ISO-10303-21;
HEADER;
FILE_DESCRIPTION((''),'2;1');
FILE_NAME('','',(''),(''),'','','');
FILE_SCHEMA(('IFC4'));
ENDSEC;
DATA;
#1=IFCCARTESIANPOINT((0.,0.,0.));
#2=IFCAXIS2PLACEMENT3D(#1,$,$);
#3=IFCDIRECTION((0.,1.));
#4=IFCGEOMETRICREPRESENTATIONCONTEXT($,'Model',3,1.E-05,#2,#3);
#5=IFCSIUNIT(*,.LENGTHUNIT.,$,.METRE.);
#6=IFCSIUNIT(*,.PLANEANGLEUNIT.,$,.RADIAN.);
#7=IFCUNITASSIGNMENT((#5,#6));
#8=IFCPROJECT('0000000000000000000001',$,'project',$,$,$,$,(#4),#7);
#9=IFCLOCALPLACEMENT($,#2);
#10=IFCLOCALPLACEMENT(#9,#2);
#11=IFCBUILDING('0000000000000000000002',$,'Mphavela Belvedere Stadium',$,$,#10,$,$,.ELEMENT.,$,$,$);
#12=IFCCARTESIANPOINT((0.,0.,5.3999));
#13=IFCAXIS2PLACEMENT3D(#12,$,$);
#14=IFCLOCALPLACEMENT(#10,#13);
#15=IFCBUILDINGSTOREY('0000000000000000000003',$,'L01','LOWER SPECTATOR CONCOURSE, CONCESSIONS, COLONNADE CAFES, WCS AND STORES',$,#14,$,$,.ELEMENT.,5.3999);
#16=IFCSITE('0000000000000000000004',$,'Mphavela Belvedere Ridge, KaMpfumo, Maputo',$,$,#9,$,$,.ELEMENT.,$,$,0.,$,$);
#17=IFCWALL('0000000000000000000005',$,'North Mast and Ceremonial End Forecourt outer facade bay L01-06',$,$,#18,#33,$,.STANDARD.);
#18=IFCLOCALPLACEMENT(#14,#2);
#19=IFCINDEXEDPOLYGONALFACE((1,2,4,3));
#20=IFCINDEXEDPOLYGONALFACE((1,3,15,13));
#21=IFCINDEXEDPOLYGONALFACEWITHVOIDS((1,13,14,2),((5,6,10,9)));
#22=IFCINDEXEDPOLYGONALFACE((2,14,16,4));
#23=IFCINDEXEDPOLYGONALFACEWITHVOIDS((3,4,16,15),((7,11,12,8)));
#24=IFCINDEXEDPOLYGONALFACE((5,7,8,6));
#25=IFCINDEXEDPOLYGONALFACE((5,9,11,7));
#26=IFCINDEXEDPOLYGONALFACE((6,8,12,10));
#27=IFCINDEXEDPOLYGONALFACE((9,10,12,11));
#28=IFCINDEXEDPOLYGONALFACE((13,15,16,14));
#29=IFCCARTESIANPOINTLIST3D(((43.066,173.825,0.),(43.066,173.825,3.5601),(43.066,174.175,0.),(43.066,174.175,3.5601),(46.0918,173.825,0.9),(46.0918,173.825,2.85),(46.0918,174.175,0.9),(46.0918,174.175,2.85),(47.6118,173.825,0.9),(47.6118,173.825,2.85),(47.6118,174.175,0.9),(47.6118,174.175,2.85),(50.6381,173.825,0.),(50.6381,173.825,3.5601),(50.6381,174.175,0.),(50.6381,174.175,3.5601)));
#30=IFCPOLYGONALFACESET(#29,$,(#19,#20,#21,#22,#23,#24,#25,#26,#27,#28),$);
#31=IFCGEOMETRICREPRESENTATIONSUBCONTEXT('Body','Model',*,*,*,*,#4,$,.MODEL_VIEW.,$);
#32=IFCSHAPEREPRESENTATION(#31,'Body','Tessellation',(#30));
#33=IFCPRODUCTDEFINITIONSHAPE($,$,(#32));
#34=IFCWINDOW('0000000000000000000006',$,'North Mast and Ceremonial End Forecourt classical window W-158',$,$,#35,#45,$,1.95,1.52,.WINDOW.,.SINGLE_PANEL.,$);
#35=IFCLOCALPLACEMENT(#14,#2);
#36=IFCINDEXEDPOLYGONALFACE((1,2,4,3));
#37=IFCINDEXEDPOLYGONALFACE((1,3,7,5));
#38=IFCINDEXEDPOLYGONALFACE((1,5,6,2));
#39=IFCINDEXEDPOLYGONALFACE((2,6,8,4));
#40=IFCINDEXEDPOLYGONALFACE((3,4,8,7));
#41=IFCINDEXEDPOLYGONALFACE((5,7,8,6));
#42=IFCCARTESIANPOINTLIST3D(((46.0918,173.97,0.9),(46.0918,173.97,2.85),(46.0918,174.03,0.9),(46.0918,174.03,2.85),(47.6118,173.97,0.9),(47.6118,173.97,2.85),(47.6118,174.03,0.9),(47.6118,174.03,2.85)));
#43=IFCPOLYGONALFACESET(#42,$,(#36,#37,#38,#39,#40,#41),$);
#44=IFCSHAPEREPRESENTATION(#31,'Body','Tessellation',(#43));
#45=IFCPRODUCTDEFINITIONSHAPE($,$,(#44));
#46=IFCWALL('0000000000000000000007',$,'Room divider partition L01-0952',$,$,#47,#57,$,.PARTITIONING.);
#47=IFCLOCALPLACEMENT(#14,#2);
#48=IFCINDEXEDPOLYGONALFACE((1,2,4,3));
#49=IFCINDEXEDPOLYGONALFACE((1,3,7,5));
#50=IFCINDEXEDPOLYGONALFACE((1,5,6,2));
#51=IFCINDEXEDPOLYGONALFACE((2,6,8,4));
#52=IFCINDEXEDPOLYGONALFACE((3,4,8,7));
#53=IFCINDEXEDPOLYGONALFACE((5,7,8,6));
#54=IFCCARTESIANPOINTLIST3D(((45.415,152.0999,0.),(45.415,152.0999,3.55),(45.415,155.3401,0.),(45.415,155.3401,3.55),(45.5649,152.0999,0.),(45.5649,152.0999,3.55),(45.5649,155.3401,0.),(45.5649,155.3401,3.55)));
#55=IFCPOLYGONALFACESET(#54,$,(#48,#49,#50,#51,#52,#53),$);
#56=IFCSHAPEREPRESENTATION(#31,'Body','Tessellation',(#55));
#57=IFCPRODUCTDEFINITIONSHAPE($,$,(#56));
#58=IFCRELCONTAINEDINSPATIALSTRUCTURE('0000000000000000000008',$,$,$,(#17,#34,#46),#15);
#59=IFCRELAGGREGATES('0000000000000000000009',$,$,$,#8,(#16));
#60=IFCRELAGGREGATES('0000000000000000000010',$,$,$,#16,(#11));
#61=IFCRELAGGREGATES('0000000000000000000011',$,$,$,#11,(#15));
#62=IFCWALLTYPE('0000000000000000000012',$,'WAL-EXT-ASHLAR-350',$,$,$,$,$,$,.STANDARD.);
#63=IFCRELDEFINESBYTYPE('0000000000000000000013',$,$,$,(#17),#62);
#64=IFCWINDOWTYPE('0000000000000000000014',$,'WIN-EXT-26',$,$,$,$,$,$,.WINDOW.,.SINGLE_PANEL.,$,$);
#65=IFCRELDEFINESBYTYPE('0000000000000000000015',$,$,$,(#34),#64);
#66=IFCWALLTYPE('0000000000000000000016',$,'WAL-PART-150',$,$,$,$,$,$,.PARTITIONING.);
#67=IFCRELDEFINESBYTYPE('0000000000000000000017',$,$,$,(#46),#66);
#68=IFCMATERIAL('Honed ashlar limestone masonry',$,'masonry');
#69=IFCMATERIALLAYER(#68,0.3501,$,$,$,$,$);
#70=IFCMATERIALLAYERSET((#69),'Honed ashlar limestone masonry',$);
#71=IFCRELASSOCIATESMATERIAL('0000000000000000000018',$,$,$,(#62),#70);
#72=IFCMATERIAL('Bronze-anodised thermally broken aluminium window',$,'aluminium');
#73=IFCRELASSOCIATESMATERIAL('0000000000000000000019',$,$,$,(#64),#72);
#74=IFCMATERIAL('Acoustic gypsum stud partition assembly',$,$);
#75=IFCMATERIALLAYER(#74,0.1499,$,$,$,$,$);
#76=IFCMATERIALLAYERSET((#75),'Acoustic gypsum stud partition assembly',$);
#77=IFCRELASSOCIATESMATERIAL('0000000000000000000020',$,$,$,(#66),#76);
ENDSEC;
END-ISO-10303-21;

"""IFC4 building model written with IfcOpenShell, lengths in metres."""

from ifc_helpers import new_model, si_unit, direction, frame, frame_2d, origin, place, context, subcontext, project, spatial, rectangle, extrude, material, layer, layer_set, type_object, element, fill, save


model = new_model("IFC4")

# Units and contexts
model_context = context("Model", 3, precision=1e-05, world=origin(), true_north=direction((0.0, 1.0)))
body_context = subcontext(model_context, "Body", "Model", "MODEL_VIEW")
ifc_project = project(units=[si_unit("LENGTHUNIT", "METRE"), si_unit("PLANEANGLEUNIT", "RADIAN")], contexts=[model_context])

# Site, building, storey
site_placement = place(None, origin())
site = spatial("IfcSite", under=ifc_project, at=site_placement, Name="Mphavela Belvedere Ridge, KaMpfumo, Maputo", CompositionType="ELEMENT", RefElevation=0.0)
building_placement = place(site_placement, origin())
building = spatial("IfcBuilding", under=site, at=building_placement, Name="Mphavela Belvedere Stadium", CompositionType="ELEMENT")
storey_placement = place(building_placement, frame((0.0, 0.0, 5.3999)))
storey = spatial("IfcBuildingStorey", under=building, at=storey_placement, Name="L01", Description="LOWER SPECTATOR CONCOURSE, CONCESSIONS, COLONNADE CAFES, WCS AND STORES", CompositionType="ELEMENT", Elevation=5.3999)

# Wall, opening, window
ifc_material_1 = material(Name="Honed ashlar limestone masonry", Category="masonry")
ifc_layer_1 = layer(ifc_material_1, 0.3501)
ifc_layer_set_1 = layer_set([ifc_layer_1], Name="Honed ashlar limestone masonry")
wall_type_1 = type_object("IfcWallType", Name="WAL-EXT-ASHLAR-350", PredefinedType="STANDARD", material=ifc_layer_set_1)
wall_1_placement = place(storey_placement, frame((43.0659, 174.0, 0.0), z_axis=(0.0, 0.0, 1.0), x_axis=(1.0, 0.0, 0.0)))
wall_1 = element("IfcWall", 1, at=wall_1_placement, inside=storey, type_object=wall_type_1, Name="North Mast and Ceremonial End Forecourt outer facade bay L01-06", PredefinedType="STANDARD", context=body_context, shape_type="SweptSolid", body=[
    extrude(rectangle(XDim=7.572, YDim=0.3501, at=frame_2d((3.7861, 0.0))), origin(), (0.0, 0.0, 1.0), 3.5601),
])
opening_placement = place(wall_1_placement, frame((3.0259, 0.0, 0.8999)))
opening = element("IfcOpeningElement", 2, at=opening_placement, cuts=wall_1, PredefinedType="OPENING", context=body_context, shape_type="SweptSolid", body=[
    extrude(rectangle(XDim=1.52, YDim=1.95, at=frame_2d((0.76, 0.9751))), frame((0.0, 0.1851, 0.0), z_axis=(0.0, -1.0, 0.0), x_axis=(1.0, 0.0, 0.0)), (0.0, 0.0, 1.0), 0.3701),
])
ifc_material_2 = material(Name="Bronze-anodised thermally broken aluminium window", Category="aluminium")
window_type = type_object("IfcWindowType", Name="WIN-EXT-26", PartitioningType="SINGLE_PANEL", PredefinedType="WINDOW", material=ifc_material_2)
window_placement = place(opening_placement, origin())
window = element("IfcWindow", 3, at=window_placement, inside=storey, type_object=window_type, Name="North Mast and Ceremonial End Forecourt classical window W-158", OverallHeight=1.95, OverallWidth=1.52, PartitioningType="SINGLE_PANEL", PredefinedType="WINDOW", context=body_context, shape_type="SweptSolid", body=[
    extrude(rectangle(XDim=1.52, YDim=1.95, at=frame_2d((0.76, 0.9751))), frame((0.0, 0.03, 0.0), z_axis=(0.0, -1.0, 0.0), x_axis=(1.0, 0.0, 0.0)), (0.0, 0.0, 1.0), 0.0601),
])
fill(opening, window)

# Wall
ifc_material_3 = material(Name="Acoustic gypsum stud partition assembly")
ifc_layer_2 = layer(ifc_material_3, 0.1499)
ifc_layer_set_2 = layer_set([ifc_layer_2], Name="Acoustic gypsum stud partition assembly")
wall_type_2 = type_object("IfcWallType", Name="WAL-PART-150", PredefinedType="PARTITIONING", material=ifc_layer_set_2)
wall_2_placement = place(storey_placement, frame((45.49, 155.3401, 0.0), z_axis=(0.0, 0.0, 1.0), x_axis=(0.0, -1.0, 0.0)))
element("IfcWall", 4, at=wall_2_placement, inside=storey, type_object=wall_type_2, Name="Room divider partition L01-0952", PredefinedType="PARTITIONING", context=body_context, shape_type="SweptSolid", body=[
    extrude(rectangle(XDim=3.2402, YDim=0.1499, at=frame_2d((1.6201, 0.0))), origin(), (0.0, 0.0, 1.0), 3.55),
])

save(model, "model.ifc")
